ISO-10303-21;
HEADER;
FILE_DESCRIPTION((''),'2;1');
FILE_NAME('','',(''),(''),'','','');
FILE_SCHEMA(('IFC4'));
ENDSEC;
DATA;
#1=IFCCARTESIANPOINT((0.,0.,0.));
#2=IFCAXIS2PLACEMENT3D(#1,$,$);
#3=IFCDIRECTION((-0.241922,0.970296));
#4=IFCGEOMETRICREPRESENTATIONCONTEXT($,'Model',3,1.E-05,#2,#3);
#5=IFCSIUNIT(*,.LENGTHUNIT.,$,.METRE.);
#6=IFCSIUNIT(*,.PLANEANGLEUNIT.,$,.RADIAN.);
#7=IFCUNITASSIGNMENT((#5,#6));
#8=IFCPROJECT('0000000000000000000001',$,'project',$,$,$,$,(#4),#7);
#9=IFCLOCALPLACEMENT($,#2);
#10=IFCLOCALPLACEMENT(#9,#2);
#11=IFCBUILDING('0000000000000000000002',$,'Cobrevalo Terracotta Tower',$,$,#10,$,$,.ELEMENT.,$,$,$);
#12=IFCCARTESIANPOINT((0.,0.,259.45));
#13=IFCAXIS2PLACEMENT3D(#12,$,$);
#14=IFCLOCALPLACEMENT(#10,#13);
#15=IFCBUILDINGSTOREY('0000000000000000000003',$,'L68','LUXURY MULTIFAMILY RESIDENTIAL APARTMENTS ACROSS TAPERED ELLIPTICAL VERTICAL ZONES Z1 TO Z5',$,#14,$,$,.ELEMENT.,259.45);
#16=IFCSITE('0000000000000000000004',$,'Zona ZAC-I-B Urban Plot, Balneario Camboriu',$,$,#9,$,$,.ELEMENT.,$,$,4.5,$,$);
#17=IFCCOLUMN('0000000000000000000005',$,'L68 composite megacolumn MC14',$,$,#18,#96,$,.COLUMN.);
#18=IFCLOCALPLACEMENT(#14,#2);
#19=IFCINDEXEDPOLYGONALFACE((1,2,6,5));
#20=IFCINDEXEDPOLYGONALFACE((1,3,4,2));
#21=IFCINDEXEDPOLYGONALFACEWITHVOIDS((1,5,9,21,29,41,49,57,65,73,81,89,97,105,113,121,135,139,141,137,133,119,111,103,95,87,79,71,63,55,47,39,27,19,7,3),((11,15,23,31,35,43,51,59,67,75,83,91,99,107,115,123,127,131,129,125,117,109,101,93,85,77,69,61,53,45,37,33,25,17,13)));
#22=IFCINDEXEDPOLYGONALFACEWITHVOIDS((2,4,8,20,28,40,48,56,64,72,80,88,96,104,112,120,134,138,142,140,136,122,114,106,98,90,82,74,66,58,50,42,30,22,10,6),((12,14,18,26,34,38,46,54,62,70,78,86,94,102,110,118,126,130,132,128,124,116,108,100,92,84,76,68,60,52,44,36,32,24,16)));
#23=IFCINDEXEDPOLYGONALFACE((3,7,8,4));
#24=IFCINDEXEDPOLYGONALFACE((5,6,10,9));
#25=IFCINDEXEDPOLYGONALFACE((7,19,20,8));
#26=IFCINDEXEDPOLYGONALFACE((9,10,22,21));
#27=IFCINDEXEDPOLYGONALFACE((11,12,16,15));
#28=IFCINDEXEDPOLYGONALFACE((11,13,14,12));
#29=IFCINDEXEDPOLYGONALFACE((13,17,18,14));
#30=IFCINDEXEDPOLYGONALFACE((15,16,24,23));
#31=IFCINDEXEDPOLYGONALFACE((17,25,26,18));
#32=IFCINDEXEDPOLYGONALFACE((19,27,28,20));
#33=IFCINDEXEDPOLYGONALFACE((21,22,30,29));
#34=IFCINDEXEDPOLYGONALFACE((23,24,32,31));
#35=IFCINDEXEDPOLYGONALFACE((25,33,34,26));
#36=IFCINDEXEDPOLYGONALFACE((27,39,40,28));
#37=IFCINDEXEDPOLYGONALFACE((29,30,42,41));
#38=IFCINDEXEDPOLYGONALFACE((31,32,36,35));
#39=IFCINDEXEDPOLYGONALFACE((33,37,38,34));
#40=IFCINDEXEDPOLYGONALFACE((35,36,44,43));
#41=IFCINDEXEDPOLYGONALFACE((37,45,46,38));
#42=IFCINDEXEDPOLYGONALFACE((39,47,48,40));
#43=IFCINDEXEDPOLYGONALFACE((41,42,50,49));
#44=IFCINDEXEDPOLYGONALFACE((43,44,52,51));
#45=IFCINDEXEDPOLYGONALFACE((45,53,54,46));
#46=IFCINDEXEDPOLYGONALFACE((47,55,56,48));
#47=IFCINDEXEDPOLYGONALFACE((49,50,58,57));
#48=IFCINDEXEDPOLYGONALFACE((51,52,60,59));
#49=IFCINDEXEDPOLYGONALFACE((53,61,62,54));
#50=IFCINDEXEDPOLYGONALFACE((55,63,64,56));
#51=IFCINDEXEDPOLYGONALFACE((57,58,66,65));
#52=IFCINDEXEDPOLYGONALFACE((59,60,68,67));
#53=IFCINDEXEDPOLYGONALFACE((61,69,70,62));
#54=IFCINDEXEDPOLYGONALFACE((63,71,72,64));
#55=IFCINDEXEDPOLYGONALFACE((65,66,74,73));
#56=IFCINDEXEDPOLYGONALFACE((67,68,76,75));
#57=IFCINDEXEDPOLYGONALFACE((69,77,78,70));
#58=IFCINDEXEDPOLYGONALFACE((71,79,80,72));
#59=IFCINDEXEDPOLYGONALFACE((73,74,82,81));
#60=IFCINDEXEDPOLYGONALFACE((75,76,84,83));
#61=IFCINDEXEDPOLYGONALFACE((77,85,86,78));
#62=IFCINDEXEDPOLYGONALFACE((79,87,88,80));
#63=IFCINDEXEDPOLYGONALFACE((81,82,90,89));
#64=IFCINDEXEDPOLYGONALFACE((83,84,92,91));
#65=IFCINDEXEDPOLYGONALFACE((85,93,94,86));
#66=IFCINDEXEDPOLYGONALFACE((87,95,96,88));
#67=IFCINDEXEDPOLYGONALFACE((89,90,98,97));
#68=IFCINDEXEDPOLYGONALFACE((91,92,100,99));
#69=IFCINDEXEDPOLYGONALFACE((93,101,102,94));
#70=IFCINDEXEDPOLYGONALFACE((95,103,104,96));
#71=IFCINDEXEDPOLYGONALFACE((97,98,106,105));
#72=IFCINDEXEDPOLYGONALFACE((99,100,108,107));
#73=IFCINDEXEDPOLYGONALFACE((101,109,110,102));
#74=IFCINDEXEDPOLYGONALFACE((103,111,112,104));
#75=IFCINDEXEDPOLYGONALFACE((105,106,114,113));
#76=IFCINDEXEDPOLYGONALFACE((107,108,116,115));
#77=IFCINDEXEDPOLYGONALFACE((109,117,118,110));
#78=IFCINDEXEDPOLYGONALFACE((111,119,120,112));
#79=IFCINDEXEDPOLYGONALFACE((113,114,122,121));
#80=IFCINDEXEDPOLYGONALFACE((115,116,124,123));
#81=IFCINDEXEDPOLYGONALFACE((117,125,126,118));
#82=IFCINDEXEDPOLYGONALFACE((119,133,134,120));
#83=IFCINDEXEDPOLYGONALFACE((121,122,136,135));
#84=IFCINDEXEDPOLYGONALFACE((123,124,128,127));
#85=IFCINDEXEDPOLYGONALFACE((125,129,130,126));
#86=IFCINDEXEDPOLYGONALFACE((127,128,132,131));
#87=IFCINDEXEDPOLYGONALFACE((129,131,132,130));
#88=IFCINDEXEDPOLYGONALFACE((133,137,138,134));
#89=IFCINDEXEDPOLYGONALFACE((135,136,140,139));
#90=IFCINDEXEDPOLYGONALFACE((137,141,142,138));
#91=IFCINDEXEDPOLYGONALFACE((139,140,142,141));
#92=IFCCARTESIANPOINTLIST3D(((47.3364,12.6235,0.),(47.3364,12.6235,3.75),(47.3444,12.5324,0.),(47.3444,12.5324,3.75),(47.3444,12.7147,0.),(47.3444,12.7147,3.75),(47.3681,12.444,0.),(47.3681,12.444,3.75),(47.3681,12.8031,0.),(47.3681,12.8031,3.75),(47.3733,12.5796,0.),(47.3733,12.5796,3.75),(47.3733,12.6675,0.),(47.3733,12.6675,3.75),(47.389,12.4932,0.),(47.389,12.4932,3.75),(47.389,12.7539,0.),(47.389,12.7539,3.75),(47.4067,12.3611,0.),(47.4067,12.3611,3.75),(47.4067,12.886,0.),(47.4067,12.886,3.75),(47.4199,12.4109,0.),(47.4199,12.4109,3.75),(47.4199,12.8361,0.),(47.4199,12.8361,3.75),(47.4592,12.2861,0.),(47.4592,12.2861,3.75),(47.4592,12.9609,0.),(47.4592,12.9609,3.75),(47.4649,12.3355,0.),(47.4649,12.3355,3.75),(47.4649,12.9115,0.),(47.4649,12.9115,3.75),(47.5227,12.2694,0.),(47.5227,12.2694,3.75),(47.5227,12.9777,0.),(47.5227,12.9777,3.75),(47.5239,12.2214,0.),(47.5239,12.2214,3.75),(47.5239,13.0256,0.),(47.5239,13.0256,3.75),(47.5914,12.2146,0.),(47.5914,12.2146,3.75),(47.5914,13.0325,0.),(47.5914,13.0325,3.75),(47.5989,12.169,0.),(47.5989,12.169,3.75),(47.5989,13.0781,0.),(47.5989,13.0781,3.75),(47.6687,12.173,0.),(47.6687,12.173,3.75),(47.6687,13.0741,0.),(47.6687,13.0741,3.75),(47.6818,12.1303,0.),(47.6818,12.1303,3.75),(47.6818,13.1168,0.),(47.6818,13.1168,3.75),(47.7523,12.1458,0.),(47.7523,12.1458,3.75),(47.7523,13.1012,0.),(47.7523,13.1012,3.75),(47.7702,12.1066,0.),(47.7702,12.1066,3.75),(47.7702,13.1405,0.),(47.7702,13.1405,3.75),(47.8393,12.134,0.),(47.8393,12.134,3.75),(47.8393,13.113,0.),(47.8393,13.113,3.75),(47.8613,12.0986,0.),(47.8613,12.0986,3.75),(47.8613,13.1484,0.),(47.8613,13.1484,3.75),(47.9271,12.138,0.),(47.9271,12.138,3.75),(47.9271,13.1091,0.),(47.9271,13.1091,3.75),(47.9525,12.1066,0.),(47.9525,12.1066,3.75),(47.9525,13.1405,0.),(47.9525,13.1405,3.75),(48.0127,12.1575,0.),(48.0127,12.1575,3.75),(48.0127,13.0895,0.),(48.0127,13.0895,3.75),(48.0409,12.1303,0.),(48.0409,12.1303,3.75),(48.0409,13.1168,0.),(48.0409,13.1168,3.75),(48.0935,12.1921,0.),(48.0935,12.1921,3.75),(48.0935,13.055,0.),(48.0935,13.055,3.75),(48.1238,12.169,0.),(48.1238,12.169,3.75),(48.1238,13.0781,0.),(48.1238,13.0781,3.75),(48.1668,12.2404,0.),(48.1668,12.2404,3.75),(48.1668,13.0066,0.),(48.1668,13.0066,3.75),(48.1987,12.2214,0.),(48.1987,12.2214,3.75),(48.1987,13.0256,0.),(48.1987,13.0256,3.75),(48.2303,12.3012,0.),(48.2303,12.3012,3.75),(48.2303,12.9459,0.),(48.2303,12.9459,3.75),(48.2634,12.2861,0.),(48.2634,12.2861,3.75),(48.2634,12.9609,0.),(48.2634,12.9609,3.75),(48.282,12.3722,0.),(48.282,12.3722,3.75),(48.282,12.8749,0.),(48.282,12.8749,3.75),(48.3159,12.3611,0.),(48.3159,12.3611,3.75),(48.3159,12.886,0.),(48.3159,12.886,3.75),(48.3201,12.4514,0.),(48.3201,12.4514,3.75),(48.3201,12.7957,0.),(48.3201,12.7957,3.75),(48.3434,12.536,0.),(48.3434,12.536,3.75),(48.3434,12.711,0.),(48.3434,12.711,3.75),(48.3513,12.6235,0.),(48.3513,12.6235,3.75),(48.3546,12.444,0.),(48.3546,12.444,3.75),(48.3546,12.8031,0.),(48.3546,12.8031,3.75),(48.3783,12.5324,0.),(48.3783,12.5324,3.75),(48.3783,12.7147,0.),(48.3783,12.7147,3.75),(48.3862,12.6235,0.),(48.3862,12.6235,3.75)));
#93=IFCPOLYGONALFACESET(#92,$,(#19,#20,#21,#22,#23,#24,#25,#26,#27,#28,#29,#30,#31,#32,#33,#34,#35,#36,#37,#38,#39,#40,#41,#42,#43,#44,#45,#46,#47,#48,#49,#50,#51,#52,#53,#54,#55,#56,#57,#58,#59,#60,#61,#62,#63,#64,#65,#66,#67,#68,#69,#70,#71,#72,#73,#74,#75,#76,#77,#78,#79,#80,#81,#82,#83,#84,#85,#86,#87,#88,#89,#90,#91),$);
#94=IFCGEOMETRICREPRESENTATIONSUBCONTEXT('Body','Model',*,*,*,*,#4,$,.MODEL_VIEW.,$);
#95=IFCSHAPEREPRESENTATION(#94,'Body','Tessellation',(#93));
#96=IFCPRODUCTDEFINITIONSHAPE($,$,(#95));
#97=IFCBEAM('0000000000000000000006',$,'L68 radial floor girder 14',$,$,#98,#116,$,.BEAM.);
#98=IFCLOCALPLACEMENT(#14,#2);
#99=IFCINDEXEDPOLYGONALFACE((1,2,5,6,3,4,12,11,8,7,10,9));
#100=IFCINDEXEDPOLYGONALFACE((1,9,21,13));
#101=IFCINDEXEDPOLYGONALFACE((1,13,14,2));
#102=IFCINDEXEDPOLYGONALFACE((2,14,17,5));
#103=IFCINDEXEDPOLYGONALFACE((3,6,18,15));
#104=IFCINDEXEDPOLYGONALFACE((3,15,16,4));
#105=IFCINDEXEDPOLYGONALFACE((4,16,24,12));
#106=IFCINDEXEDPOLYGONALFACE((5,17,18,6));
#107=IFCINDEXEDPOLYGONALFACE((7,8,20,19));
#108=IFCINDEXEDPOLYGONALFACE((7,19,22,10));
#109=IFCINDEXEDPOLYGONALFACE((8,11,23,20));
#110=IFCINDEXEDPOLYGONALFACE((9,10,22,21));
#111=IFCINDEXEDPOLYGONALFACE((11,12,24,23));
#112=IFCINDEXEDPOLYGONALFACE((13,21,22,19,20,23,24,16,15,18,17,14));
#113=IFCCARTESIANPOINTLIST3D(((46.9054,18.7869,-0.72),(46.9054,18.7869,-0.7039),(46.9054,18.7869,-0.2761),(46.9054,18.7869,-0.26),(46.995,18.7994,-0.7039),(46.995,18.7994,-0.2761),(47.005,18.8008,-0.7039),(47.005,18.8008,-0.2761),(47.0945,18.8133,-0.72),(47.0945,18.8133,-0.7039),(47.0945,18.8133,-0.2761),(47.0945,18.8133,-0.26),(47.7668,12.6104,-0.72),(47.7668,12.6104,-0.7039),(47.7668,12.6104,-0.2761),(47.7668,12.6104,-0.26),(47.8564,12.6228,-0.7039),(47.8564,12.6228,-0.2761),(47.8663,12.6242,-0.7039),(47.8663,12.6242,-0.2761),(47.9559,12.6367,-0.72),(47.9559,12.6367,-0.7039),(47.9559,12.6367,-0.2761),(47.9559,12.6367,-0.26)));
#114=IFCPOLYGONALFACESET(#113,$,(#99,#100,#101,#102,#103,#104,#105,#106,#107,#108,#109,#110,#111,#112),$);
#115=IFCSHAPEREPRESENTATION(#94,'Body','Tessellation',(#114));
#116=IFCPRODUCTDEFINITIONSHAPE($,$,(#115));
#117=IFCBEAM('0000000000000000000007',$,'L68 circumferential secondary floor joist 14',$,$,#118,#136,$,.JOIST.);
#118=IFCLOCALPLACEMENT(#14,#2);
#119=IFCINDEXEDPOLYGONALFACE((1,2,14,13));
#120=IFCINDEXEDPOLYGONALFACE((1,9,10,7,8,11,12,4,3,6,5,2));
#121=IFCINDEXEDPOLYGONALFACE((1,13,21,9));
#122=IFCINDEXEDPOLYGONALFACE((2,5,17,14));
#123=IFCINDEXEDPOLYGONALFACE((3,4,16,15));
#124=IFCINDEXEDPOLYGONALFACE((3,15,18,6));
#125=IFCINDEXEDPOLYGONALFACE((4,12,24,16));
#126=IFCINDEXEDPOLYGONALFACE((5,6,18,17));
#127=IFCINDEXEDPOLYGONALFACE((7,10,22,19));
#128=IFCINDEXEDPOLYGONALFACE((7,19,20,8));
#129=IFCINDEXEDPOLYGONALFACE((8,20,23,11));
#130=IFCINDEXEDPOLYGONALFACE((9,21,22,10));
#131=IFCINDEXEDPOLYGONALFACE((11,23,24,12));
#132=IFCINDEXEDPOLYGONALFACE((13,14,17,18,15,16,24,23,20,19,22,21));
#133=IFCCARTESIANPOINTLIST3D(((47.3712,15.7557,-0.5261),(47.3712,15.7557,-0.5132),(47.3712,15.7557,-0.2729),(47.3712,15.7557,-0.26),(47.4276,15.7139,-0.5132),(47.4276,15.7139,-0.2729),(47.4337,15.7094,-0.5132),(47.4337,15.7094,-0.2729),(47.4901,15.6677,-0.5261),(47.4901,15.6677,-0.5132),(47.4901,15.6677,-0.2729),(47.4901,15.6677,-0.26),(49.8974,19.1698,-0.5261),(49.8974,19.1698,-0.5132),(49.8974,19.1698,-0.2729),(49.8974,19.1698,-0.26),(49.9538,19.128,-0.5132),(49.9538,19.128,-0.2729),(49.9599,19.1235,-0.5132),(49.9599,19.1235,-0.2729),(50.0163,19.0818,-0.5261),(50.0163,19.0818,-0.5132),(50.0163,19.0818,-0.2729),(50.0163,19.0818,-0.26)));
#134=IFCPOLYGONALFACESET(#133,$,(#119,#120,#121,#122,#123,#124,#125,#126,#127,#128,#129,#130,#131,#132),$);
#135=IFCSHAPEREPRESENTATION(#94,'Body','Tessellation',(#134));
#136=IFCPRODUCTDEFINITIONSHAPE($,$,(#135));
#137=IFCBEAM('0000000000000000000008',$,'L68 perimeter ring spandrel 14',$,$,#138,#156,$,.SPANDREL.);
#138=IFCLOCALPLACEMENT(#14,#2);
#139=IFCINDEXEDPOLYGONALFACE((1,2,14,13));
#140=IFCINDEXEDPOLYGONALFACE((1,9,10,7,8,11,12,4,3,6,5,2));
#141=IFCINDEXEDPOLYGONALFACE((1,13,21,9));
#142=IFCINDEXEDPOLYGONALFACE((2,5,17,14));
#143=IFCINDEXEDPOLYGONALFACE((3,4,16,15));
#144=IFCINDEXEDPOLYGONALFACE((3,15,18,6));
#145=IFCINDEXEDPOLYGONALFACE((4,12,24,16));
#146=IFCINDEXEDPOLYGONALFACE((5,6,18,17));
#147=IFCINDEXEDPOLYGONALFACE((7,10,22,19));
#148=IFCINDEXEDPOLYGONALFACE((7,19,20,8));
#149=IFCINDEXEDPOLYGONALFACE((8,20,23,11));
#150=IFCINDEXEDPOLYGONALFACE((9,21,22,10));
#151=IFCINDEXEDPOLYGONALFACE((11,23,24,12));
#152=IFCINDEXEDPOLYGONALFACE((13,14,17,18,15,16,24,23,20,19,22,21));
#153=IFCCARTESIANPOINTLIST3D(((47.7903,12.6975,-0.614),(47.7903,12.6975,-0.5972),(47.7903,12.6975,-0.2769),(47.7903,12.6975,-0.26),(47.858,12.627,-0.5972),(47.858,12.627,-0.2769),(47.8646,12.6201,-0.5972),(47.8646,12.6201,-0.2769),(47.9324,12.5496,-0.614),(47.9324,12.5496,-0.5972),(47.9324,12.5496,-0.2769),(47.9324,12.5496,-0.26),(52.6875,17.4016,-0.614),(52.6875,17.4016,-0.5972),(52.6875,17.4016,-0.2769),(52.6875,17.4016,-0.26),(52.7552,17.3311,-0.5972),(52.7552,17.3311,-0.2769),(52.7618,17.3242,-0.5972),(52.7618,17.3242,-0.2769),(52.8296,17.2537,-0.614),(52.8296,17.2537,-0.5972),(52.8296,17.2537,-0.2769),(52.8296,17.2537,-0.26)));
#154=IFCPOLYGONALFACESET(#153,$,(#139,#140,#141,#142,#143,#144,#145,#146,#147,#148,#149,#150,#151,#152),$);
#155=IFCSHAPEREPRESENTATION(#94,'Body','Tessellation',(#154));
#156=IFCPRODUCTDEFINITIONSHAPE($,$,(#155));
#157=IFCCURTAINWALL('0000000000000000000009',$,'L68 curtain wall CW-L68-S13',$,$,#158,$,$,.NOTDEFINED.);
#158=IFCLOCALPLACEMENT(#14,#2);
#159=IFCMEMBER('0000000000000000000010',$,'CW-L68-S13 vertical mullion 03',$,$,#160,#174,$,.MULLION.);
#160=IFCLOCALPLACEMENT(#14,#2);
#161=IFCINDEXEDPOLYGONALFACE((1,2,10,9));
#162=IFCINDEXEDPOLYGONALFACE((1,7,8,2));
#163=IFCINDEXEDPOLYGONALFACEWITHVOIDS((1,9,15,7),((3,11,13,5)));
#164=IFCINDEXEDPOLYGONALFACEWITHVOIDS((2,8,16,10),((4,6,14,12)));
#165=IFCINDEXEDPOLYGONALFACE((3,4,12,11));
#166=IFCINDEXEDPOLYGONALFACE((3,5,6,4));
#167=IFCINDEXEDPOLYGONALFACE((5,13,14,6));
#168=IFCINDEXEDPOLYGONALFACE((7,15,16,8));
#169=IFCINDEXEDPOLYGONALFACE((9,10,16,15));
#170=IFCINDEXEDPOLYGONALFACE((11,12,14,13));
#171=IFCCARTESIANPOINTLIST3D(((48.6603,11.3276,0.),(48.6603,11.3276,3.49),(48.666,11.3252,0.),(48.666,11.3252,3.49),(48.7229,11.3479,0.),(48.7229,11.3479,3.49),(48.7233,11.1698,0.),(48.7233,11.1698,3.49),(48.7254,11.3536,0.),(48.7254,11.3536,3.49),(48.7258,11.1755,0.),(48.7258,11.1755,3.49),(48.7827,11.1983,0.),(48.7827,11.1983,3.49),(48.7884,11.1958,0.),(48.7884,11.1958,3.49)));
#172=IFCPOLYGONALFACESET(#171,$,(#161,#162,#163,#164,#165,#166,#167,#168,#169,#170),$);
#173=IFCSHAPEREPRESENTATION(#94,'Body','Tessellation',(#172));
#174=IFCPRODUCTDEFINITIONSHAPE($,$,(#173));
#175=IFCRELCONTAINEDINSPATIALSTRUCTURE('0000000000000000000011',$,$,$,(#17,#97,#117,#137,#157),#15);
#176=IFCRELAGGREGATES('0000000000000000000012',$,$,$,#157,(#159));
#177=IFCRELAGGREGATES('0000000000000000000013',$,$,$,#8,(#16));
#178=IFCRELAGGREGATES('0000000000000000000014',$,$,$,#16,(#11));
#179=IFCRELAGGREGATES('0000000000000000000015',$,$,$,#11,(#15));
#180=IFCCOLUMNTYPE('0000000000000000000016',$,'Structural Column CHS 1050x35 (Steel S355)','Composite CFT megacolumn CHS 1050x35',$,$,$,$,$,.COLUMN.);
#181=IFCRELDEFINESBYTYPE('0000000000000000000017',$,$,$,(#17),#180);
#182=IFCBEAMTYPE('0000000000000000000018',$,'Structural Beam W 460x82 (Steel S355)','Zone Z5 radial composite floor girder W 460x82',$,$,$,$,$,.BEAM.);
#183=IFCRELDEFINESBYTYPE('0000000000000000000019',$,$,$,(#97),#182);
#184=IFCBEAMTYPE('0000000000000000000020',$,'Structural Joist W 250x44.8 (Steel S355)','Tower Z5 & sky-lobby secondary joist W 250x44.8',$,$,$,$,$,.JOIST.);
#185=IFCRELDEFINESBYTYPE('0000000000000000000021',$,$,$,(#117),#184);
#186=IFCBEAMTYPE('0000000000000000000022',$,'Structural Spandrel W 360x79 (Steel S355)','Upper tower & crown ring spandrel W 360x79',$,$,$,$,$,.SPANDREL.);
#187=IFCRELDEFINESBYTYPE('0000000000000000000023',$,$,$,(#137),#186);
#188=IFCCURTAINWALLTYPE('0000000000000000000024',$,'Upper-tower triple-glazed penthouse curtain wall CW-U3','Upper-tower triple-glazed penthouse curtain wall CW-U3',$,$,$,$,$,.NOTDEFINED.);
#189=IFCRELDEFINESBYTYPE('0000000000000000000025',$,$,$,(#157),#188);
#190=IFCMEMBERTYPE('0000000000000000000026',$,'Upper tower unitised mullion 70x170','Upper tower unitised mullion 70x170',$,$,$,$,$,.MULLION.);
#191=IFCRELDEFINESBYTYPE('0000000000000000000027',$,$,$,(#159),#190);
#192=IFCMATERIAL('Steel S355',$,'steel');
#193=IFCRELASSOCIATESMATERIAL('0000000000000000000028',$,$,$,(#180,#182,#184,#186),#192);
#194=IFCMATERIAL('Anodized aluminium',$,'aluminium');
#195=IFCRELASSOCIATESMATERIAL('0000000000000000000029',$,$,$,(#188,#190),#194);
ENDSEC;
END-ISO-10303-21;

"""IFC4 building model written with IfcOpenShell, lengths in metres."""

from ifc_helpers import new_model, si_unit, direction, frame, origin, origin_2d, place, context, subcontext, project, spatial, hollow_rectangle, hollow_circle, i_section, extrude, source, transform, mapped, material, material_profile, profile_set, type_object, element, aggregate, save


model = new_model("IFC4")

# Units and contexts
model_context = context("Model", 3, precision=1e-05, world=origin(), true_north=direction((-0.241922, 0.970296)))
body_context = subcontext(model_context, "Body", "Model", "MODEL_VIEW")
ifc_project = project(units=[si_unit("LENGTHUNIT", "METRE"), si_unit("PLANEANGLEUNIT", "RADIAN")], contexts=[model_context])

# Site, building, storey
site_placement = place(None, origin())
site = spatial("IfcSite", under=ifc_project, at=site_placement, Name="Zona ZAC-I-B Urban Plot, Balneario Camboriu", CompositionType="ELEMENT", RefElevation=4.5)
building_placement = place(site_placement, origin())
building = spatial("IfcBuilding", under=site, at=building_placement, Name="Cobrevalo Terracotta Tower", CompositionType="ELEMENT")
storey_placement = place(building_placement, frame((0.0, 0.0, 259.45)))
storey = spatial("IfcBuildingStorey", under=building, at=storey_placement, Name="L68", Description="LUXURY MULTIFAMILY RESIDENTIAL APARTMENTS ACROSS TAPERED ELLIPTICAL VERTICAL ZONES Z1 TO Z5", CompositionType="ELEMENT", Elevation=259.45)

# Column
ifc_material_1 = material(Name="Steel S355", Category="steel")
ifc_material_profile_1 = material_profile(ifc_material_1, hollow_circle(Radius=0.5249, WallThickness=0.0349, at=origin_2d()), Name="CHS 1050x35")
ifc_profile_set_1 = profile_set([ifc_material_profile_1], Name="Steel S355")
column_type = type_object("IfcColumnType", Name="Structural Column CHS 1050x35 (Steel S355)", Description="Composite CFT megacolumn CHS 1050x35", PredefinedType="COLUMN", material=ifc_profile_set_1)
column_placement = place(storey_placement, frame((47.8613, 12.6235, 0.0), z_axis=(0.0, 0.0, 1.0), x_axis=(1.0, 0.0, 0.0)))
element("IfcColumn", 1, at=column_placement, inside=storey, type_object=column_type, Name="L68 composite megacolumn MC14", PredefinedType="COLUMN", context=body_context, shape_type="SweptSolid", body=[
    extrude(hollow_circle(Radius=0.5249, WallThickness=0.0349, at=origin_2d()), origin(), (0.0, 0.0, 1.0), 3.75),
])

# Beams
ifc_material_profile_2 = material_profile(ifc_material_1, i_section(OverallWidth=0.1909, OverallDepth=0.46, WebThickness=0.01, FlangeThickness=0.0161, at=origin_2d()), Name="W 460x82")
ifc_profile_set_2 = profile_set([ifc_material_profile_2], Name="Steel S355")
beam_type_1 = type_object("IfcBeamType", Name="Structural Beam W 460x82 (Steel S355)", Description="Zone Z5 radial composite floor girder W 460x82", PredefinedType="BEAM", material=ifc_profile_set_2)
beam_1_placement = place(storey_placement, frame((47.8613, 12.6235, -0.49), z_axis=(-0.138116, 0.990416, 0.0), x_axis=(-0.990416, -0.138116, 0.0)))
element("IfcBeam", 2, at=beam_1_placement, inside=storey, type_object=beam_type_1, Name="L68 radial floor girder 14", PredefinedType="BEAM", context=body_context, shape_type="SweptSolid", body=[
    extrude(i_section(OverallWidth=0.1909, OverallDepth=0.46, WebThickness=0.01, FlangeThickness=0.0161, at=origin_2d()), origin(), (0.0, 0.0, 1.0), 6.2363),
])
ifc_material_profile_3 = material_profile(ifc_material_1, i_section(OverallWidth=0.1479, OverallDepth=0.2661, WebThickness=0.0076, FlangeThickness=0.0129, at=origin_2d()), Name="W 250x44.8")
ifc_profile_set_3 = profile_set([ifc_material_profile_3], Name="Steel S355")
beam_type_2 = type_object("IfcBeamType", Name="Structural Joist W 250x44.8 (Steel S355)", Description="Tower Z5 & sky-lobby secondary joist W 250x44.8", PredefinedType="JOIST", material=ifc_profile_set_3)
beam_2_placement = place(storey_placement, frame((47.4307, 15.7117, -0.3931), z_axis=(0.5948, 0.803874, 0.0), x_axis=(-0.803874, 0.5948, 0.0)))
element("IfcBeam", 3, at=beam_2_placement, inside=storey, type_object=beam_type_2, Name="L68 circumferential secondary floor joist 14", PredefinedType="JOIST", context=body_context, shape_type="SweptSolid", body=[
    extrude(i_section(OverallWidth=0.1479, OverallDepth=0.2661, WebThickness=0.0076, FlangeThickness=0.0129, at=origin_2d()), origin(), (0.0, 0.0, 1.0), 4.2471),
])
ifc_material_profile_4 = material_profile(ifc_material_1, i_section(OverallWidth=0.2051, OverallDepth=0.354, WebThickness=0.0095, FlangeThickness=0.0168, at=origin_2d()), Name="W 360x79")
ifc_profile_set_4 = profile_set([ifc_material_profile_4], Name="Steel S355")
beam_type_3 = type_object("IfcBeamType", Name="Structural Spandrel W 360x79 (Steel S355)", Description="Upper tower & crown ring spandrel W 360x79", PredefinedType="SPANDREL", material=ifc_profile_set_4)
beam_3_placement = place(storey_placement, frame((47.8613, 12.6235, -0.437), z_axis=(0.721183, 0.692744, 0.0), x_axis=(-0.692744, 0.721183, 0.0)))
element("IfcBeam", 4, at=beam_3_placement, inside=storey, type_object=beam_type_3, Name="L68 perimeter ring spandrel 14", PredefinedType="SPANDREL", context=body_context, shape_type="SweptSolid", body=[
    extrude(i_section(OverallWidth=0.2051, OverallDepth=0.354, WebThickness=0.0095, FlangeThickness=0.0168, at=origin_2d()), origin(), (0.0, 0.0, 1.0), 6.7905),
])

# Curtain wall, member
ifc_material_2 = material(Name="Anodized aluminium", Category="aluminium")
curtain_wall_type = type_object("IfcCurtainWallType", Name="Upper-tower triple-glazed penthouse curtain wall CW-U3", Description="Upper-tower triple-glazed penthouse curtain wall CW-U3", PredefinedType="NOTDEFINED", material=ifc_material_2)
curtain_wall_1_placement = place(storey_placement, origin())
curtain_wall_1 = element("IfcCurtainWall", 5, at=curtain_wall_1_placement, inside=storey, type_object=curtain_wall_type, Name="L68 curtain wall CW-L68-S13", PredefinedType="NOTDEFINED")
ifc_material_profile_5 = material_profile(ifc_material_2, hollow_rectangle(XDim=0.0701, YDim=0.1699, WallThickness=0.0044, at=origin_2d()), Name="CWM 70x170")
ifc_profile_set_5 = profile_set([ifc_material_profile_5], Name="Anodized aluminium")
member_type_1 = type_object("IfcMemberType", Name="Upper tower unitised mullion 70x170", Description="Upper tower unitised mullion 70x170", PredefinedType="MULLION", material=ifc_profile_set_5)
shared_shape_1 = source(origin(), body_context, "Body", "SweptSolid", [
    extrude(hollow_rectangle(XDim=0.0701, YDim=0.1699, WallThickness=0.0044, at=origin_2d()), origin(), (0.0, 0.0, 1.0), 3.49),
])
member_1_placement = place(storey_placement, frame((48.7244, 11.2617, 0.0), z_axis=(0.0, 0.0, 1.0), x_axis=(0.928719, 0.370784, 0.0)))
member_1 = element("IfcMember", 6, at=member_1_placement, type_object=member_type_1, Name="CW-L68-S13 vertical mullion 03", PredefinedType="MULLION", context=body_context, shape_type="MappedRepresentation", body=[
    mapped(shared_shape_1, transform((0.0, 0.0, 0.0), scale=1.0)),
])
aggregate(curtain_wall_1, [member_1])

save(model, "model.ifc")
